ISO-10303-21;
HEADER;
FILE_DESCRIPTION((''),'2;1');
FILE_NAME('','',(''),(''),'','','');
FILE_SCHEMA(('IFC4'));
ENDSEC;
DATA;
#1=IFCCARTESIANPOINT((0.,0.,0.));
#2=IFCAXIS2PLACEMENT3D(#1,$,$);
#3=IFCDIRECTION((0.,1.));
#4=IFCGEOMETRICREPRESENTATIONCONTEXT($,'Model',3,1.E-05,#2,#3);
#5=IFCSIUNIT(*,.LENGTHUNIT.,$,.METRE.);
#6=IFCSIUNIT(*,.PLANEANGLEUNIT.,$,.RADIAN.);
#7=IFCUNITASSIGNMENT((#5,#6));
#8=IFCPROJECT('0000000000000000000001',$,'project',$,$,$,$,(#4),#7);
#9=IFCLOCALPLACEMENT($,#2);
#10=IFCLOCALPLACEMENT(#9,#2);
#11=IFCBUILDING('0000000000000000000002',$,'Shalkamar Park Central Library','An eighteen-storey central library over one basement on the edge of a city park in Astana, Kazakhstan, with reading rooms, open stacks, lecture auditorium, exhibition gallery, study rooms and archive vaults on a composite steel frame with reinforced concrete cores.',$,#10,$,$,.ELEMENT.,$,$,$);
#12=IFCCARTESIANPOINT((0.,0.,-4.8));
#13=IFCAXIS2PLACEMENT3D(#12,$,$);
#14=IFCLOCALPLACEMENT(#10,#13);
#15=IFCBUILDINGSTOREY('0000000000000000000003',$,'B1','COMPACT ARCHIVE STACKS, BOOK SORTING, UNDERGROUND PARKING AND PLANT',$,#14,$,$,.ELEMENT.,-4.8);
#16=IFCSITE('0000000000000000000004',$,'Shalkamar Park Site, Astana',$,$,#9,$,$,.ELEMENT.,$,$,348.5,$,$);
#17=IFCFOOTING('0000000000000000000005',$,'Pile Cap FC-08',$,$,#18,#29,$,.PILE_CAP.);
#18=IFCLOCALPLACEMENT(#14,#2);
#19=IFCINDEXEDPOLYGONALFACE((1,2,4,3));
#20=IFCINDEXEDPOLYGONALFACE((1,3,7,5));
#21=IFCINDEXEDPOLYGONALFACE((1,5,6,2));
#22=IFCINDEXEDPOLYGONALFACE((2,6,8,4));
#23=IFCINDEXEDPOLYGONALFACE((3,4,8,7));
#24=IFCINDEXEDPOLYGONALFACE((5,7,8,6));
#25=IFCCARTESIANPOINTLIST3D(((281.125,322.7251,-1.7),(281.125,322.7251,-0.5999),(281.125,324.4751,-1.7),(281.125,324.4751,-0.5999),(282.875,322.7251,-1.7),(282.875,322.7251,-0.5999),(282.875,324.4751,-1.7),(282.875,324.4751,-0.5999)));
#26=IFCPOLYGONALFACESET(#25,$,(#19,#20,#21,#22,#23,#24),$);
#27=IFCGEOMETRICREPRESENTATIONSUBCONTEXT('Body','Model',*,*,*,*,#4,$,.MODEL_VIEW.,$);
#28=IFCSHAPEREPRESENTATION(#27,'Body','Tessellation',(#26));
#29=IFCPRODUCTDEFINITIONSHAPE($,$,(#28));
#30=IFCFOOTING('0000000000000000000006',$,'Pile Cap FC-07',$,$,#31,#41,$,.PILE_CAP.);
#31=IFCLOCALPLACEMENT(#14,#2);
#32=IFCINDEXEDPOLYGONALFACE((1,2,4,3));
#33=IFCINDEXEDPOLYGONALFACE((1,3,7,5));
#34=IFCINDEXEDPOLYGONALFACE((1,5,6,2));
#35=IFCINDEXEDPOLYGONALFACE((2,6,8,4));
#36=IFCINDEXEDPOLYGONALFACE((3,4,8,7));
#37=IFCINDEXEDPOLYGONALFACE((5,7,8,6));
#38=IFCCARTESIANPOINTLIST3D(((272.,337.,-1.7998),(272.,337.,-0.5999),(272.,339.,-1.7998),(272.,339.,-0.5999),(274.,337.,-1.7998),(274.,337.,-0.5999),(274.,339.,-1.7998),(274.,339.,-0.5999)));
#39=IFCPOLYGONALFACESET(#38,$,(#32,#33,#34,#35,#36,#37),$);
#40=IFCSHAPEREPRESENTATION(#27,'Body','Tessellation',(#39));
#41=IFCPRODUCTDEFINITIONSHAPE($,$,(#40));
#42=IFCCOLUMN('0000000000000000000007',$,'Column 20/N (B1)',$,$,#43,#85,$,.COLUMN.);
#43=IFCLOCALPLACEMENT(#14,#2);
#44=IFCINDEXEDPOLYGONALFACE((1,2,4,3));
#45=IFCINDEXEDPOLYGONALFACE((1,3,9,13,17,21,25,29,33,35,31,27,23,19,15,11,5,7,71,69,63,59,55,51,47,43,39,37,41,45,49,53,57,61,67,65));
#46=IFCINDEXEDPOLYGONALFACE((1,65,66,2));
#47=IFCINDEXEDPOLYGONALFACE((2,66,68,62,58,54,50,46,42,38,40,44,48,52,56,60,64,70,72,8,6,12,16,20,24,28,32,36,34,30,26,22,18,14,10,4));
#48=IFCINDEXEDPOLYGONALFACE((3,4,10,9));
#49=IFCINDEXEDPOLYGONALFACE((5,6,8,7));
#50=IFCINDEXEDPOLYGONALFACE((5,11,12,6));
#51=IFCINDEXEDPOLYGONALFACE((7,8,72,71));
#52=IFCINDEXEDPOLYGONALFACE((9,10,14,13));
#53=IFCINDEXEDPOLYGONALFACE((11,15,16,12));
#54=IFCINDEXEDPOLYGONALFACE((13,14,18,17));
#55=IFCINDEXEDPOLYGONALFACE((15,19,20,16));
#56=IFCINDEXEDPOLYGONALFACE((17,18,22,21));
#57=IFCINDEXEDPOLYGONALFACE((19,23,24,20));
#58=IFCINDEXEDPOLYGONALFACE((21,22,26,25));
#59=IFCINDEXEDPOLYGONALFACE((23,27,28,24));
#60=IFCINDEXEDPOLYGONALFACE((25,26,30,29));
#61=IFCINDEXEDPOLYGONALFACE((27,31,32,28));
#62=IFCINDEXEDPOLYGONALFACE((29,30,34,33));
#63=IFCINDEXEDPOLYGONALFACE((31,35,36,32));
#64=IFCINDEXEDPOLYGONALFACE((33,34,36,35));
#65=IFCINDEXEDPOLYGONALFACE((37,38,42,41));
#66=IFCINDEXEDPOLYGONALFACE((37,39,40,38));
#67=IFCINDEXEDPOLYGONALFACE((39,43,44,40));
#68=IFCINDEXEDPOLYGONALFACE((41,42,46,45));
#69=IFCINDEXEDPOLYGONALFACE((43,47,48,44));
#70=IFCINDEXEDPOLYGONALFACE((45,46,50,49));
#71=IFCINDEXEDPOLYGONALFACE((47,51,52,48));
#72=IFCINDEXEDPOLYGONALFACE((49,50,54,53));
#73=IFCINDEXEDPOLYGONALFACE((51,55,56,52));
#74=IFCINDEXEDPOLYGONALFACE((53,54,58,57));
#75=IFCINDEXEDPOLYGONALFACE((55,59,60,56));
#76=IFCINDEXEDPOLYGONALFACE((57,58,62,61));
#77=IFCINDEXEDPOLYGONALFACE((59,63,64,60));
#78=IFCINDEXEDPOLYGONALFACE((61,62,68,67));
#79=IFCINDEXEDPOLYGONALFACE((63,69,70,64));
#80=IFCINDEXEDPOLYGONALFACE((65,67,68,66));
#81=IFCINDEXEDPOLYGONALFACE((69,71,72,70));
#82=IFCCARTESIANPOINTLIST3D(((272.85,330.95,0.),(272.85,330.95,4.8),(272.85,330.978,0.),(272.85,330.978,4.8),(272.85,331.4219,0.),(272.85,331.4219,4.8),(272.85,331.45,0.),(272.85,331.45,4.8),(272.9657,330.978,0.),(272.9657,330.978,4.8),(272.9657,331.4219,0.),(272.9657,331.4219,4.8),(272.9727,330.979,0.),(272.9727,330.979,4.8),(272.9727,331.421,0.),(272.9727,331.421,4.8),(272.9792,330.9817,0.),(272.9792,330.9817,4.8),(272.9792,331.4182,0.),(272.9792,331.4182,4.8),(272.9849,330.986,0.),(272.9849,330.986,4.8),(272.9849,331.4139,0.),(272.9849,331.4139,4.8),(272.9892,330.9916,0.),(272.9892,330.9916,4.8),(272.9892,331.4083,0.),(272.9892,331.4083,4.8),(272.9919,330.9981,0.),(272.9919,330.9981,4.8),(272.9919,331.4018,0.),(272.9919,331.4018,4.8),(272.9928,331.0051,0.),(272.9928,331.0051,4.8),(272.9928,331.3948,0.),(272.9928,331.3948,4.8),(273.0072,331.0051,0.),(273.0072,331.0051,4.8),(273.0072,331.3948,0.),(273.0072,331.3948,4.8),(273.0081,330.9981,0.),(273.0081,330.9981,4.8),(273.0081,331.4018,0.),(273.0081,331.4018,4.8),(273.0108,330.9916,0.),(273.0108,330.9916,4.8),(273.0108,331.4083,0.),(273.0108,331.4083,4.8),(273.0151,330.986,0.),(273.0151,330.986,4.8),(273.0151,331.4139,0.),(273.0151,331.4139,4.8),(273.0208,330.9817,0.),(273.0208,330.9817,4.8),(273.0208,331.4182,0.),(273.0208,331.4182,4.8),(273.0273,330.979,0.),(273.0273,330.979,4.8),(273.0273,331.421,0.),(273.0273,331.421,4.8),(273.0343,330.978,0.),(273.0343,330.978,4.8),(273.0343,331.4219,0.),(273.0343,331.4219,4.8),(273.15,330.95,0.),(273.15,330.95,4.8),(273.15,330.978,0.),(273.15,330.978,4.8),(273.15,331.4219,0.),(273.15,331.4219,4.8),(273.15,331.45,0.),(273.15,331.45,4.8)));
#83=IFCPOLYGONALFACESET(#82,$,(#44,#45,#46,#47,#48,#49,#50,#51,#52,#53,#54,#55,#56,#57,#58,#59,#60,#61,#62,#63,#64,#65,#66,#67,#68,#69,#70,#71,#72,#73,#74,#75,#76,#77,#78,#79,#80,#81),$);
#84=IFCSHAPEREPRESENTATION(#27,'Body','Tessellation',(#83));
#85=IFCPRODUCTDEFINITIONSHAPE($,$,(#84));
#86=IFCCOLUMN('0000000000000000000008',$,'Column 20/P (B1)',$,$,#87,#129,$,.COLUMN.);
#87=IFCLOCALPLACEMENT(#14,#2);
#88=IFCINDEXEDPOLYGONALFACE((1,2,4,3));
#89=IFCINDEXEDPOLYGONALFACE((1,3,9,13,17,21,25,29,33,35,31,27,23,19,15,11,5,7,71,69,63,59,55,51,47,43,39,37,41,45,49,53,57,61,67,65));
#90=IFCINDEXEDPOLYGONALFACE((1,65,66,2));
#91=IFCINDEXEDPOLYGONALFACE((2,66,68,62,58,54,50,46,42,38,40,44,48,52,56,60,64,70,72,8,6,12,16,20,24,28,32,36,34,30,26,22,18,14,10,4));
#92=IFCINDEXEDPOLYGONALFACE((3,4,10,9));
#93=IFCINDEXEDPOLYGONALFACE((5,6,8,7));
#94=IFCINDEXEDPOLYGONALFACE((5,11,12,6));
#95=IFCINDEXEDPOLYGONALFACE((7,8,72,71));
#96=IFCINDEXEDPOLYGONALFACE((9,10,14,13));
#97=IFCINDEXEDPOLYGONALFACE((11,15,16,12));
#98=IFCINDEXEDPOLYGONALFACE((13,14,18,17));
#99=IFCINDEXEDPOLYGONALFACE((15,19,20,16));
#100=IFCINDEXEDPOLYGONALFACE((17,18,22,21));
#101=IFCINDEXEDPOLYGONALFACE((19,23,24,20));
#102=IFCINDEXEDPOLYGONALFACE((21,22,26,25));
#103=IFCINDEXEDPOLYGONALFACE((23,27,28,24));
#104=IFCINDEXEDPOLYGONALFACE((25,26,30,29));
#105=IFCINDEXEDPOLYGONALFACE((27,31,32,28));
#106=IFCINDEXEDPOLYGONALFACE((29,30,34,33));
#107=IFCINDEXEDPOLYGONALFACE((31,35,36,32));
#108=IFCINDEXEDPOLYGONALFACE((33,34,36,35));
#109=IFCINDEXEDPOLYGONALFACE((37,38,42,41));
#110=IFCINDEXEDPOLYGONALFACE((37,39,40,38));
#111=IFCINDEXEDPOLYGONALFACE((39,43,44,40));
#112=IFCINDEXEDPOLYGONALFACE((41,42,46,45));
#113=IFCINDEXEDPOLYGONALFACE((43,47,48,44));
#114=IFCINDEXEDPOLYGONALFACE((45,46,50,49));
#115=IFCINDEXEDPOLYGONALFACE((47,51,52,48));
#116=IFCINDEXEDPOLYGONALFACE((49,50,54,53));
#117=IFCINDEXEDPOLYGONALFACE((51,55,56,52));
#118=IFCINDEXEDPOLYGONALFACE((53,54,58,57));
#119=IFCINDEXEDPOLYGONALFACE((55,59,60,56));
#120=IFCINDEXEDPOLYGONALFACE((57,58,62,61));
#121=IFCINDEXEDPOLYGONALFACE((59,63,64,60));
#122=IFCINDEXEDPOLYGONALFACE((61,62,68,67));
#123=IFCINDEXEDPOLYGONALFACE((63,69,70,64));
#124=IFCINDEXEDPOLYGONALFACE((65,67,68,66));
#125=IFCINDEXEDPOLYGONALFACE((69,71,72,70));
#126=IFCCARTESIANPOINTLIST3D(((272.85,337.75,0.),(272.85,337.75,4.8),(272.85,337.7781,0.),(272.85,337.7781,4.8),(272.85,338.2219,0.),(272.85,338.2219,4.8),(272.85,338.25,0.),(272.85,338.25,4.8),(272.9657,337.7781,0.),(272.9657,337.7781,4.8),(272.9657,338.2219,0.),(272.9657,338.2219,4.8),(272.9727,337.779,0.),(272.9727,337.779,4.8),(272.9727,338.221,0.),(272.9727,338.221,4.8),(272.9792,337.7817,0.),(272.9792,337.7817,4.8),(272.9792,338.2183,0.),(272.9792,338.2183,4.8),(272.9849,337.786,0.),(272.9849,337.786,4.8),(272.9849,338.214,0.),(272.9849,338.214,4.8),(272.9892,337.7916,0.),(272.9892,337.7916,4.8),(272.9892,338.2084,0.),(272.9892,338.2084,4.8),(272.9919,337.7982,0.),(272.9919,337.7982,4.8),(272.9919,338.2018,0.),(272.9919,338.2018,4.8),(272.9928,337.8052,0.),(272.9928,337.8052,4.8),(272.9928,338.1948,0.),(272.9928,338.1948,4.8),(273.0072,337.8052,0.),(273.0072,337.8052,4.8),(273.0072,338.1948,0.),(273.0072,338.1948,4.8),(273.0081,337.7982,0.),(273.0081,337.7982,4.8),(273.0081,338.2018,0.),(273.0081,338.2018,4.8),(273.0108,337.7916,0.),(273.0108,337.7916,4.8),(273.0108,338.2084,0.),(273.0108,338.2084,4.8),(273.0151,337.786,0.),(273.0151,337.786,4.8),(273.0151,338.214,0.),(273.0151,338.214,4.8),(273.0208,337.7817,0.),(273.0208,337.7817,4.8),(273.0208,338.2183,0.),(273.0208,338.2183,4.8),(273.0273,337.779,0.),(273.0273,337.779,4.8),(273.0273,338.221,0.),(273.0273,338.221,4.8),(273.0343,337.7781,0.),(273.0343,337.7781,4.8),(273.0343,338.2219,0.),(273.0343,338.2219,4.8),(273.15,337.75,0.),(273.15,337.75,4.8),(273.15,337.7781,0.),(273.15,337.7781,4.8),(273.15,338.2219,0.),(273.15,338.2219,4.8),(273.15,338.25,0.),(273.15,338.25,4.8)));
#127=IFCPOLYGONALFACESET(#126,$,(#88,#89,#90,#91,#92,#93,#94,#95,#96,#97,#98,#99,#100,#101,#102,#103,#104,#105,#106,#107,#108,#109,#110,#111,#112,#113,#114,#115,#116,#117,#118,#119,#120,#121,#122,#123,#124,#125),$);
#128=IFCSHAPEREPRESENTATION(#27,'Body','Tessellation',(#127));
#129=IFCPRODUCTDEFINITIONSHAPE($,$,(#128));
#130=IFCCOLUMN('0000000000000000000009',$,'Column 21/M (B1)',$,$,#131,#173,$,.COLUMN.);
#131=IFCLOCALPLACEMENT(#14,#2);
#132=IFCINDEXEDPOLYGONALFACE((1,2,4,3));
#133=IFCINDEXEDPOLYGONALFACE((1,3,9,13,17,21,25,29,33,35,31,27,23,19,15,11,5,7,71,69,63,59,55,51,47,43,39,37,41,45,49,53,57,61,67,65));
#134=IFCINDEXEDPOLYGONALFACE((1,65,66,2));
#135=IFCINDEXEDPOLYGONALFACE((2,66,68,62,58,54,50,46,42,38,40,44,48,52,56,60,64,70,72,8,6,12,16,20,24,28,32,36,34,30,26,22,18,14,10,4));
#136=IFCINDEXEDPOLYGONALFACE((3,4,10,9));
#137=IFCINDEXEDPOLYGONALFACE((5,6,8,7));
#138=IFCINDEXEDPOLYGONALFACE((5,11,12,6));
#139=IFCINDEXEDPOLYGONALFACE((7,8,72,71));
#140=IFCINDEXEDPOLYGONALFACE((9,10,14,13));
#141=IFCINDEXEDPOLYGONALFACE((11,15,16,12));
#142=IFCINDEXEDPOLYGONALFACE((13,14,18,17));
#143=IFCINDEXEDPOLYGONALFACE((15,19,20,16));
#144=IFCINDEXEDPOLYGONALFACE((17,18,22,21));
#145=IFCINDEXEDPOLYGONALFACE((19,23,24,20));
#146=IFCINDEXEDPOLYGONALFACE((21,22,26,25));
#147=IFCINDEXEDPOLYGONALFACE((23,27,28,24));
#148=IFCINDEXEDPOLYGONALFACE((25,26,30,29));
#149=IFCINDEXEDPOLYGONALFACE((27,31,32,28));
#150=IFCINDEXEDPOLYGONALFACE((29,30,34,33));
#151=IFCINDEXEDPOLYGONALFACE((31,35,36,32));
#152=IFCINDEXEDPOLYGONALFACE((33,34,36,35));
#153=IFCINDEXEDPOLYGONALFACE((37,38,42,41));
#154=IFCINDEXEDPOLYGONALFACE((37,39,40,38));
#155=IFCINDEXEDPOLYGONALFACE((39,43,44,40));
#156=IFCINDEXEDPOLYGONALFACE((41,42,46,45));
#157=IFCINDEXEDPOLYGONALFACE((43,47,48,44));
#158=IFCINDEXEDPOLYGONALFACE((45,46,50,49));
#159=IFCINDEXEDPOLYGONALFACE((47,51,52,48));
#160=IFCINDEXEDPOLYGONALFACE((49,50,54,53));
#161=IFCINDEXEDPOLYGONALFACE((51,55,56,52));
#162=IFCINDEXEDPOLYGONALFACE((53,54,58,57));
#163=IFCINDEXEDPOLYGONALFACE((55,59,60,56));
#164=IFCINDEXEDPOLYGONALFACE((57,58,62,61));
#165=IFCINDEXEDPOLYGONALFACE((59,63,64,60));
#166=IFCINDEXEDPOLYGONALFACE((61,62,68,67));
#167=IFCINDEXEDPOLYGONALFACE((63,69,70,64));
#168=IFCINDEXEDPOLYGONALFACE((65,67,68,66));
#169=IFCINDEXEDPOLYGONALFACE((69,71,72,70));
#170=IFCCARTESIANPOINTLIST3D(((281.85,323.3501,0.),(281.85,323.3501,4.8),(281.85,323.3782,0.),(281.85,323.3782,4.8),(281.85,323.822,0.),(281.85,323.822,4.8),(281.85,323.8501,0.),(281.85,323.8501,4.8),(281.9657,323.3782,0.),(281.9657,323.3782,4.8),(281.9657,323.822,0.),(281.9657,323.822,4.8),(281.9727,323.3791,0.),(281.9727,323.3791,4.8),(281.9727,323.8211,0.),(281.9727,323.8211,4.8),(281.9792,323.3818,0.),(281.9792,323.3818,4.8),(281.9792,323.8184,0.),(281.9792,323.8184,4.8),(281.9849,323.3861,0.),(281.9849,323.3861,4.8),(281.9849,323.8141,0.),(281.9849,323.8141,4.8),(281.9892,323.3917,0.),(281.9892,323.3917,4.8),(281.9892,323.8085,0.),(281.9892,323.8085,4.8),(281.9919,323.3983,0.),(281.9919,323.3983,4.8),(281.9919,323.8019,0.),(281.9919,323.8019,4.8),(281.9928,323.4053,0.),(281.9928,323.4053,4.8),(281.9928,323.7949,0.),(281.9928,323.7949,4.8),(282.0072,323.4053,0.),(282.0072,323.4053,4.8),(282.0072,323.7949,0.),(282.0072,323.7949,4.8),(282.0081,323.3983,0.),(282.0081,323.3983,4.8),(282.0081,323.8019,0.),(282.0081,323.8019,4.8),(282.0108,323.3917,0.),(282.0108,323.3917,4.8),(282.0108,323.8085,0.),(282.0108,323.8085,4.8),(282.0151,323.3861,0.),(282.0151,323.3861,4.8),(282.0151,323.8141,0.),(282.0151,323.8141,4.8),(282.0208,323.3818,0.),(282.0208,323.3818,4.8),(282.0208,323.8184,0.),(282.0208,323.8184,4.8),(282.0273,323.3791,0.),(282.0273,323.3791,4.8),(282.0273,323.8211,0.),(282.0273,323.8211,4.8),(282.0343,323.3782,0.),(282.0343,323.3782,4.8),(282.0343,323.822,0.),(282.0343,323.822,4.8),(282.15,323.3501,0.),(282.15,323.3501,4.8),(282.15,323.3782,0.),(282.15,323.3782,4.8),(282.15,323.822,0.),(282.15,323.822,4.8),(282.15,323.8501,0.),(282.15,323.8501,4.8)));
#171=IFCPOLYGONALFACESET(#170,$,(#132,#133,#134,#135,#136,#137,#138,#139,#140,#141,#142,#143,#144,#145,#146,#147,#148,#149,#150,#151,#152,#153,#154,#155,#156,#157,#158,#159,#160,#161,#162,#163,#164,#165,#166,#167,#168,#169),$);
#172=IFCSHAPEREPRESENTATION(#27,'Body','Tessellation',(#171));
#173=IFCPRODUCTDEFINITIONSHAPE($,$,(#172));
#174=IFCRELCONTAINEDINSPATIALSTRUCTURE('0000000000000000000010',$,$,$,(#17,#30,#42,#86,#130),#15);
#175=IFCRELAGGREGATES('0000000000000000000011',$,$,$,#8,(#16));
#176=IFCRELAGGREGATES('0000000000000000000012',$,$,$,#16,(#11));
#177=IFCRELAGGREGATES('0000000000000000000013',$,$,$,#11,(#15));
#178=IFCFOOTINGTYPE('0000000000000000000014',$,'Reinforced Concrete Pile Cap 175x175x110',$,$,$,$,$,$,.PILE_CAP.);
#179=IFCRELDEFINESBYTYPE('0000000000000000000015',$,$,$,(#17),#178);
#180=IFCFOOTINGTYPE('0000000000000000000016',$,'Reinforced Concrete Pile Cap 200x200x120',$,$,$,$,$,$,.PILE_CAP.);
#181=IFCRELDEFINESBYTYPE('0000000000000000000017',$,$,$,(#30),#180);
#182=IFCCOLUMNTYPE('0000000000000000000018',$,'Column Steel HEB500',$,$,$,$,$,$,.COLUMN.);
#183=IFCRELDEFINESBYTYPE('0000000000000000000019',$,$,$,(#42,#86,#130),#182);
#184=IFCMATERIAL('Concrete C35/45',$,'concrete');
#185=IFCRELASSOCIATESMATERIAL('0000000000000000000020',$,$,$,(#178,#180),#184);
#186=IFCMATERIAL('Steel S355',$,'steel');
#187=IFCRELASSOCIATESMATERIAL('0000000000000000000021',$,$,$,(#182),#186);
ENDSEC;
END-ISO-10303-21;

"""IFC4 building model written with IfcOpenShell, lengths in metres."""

from ifc_helpers import new_model, si_unit, direction, frame, origin, origin_2d, place, context, subcontext, project, spatial, rectangle, i_section, extrude, material, material_profile, profile_set, type_object, element, save


model = new_model("IFC4")

# Units and contexts
model_context = context("Model", 3, precision=1e-05, world=origin(), true_north=direction((0.0, 1.0)))
body_context = subcontext(model_context, "Body", "Model", "MODEL_VIEW")
ifc_project = project(units=[si_unit("LENGTHUNIT", "METRE"), si_unit("PLANEANGLEUNIT", "RADIAN")], contexts=[model_context])

# Site, building, storey
site_placement = place(None, origin())
site = spatial("IfcSite", under=ifc_project, at=site_placement, Name="Shalkamar Park Site, Astana", CompositionType="ELEMENT", RefElevation=348.5)
building_placement = place(site_placement, origin())
building = spatial("IfcBuilding", under=site, at=building_placement, Name="Shalkamar Park Central Library", Description="An eighteen-storey central library over one basement on the edge of a city park in Astana, Kazakhstan, with reading rooms, open stacks, lecture auditorium, exhibition gallery, study rooms and archive vaults on a composite steel frame with reinforced concrete cores.", CompositionType="ELEMENT")
storey_placement = place(building_placement, frame((0.0, 0.0, -4.8)))
storey = spatial("IfcBuildingStorey", under=building, at=storey_placement, Name="B1", Description="COMPACT ARCHIVE STACKS, BOOK SORTING, UNDERGROUND PARKING AND PLANT", CompositionType="ELEMENT", Elevation=-4.8)

# Shared definitions
ifc_material_1 = material(Name="Concrete C35/45", Category="concrete")

# Footings
footing_type_1 = type_object("IfcFootingType", Name="Reinforced Concrete Pile Cap 175x175x110", PredefinedType="PILE_CAP", material=ifc_material_1)
footing_1_placement = place(storey_placement, frame((282.0, 323.6001, -1.7), z_axis=(0.0, 0.0, 1.0), x_axis=(1.0, 0.0, 0.0)))
element("IfcFooting", 1, at=footing_1_placement, inside=storey, type_object=footing_type_1, Name="Pile Cap FC-08", PredefinedType="PILE_CAP", context=body_context, shape_type="SweptSolid", body=[
    extrude(rectangle(XDim=1.75, YDim=1.75, at=origin_2d()), origin(), (0.0, 0.0, 1.0), 1.1001),
])
footing_type_2 = type_object("IfcFootingType", Name="Reinforced Concrete Pile Cap 200x200x120", PredefinedType="PILE_CAP", material=ifc_material_1)
footing_2_placement = place(storey_placement, frame((273.0, 338.0, -1.7998), z_axis=(0.0, 0.0, 1.0), x_axis=(1.0, 0.0, 0.0)))
element("IfcFooting", 2, at=footing_2_placement, inside=storey, type_object=footing_type_2, Name="Pile Cap FC-07", PredefinedType="PILE_CAP", context=body_context, shape_type="SweptSolid", body=[
    extrude(rectangle(XDim=2.0, YDim=2.0, at=origin_2d()), origin(), (0.0, 0.0, 1.0), 1.2),
])

# Columns
ifc_material_2 = material(Name="Steel S355", Category="steel")
ifc_material_profile_1 = material_profile(ifc_material_2, i_section(OverallWidth=0.3, OverallDepth=0.5, WebThickness=0.0144, FlangeThickness=0.0281, FilletRadius=0.0271, at=origin_2d()), Name="HEB 500")
ifc_profile_set_1 = profile_set([ifc_material_profile_1], Name="Steel S355")
column_type = type_object("IfcColumnType", Name="Column Steel HEB500", PredefinedType="COLUMN", material=ifc_profile_set_1)
for number, where, z_axis, x_axis, name in (
    (3, (273.0, 331.2, 0.0), (0.0, 0.0, 1.0), (1.0, 0.0, 0.0), "Column 20/N (B1)"),
    (4, (273.0, 338.0, 0.0), (0.0, 0.0, 1.0), (1.0, 0.0, 0.0), "Column 20/P (B1)"),
    (5, (282.0, 323.6001, 0.0), (0.0, 0.0, 1.0), (1.0, 0.0, 0.0), "Column 21/M (B1)"),
):
    element("IfcColumn", number, at=place(storey_placement, frame(where, z_axis=z_axis, x_axis=x_axis)), inside=storey, type_object=column_type, Name=name, PredefinedType="COLUMN", context=body_context, shape_type="SweptSolid", body=[
        extrude(i_section(OverallWidth=0.3, OverallDepth=0.5, WebThickness=0.0144, FlangeThickness=0.0281, FilletRadius=0.0271, at=origin_2d()), origin(), (0.0, 0.0, 1.0), 4.8),
    ])

save(model, "model.ifc")
